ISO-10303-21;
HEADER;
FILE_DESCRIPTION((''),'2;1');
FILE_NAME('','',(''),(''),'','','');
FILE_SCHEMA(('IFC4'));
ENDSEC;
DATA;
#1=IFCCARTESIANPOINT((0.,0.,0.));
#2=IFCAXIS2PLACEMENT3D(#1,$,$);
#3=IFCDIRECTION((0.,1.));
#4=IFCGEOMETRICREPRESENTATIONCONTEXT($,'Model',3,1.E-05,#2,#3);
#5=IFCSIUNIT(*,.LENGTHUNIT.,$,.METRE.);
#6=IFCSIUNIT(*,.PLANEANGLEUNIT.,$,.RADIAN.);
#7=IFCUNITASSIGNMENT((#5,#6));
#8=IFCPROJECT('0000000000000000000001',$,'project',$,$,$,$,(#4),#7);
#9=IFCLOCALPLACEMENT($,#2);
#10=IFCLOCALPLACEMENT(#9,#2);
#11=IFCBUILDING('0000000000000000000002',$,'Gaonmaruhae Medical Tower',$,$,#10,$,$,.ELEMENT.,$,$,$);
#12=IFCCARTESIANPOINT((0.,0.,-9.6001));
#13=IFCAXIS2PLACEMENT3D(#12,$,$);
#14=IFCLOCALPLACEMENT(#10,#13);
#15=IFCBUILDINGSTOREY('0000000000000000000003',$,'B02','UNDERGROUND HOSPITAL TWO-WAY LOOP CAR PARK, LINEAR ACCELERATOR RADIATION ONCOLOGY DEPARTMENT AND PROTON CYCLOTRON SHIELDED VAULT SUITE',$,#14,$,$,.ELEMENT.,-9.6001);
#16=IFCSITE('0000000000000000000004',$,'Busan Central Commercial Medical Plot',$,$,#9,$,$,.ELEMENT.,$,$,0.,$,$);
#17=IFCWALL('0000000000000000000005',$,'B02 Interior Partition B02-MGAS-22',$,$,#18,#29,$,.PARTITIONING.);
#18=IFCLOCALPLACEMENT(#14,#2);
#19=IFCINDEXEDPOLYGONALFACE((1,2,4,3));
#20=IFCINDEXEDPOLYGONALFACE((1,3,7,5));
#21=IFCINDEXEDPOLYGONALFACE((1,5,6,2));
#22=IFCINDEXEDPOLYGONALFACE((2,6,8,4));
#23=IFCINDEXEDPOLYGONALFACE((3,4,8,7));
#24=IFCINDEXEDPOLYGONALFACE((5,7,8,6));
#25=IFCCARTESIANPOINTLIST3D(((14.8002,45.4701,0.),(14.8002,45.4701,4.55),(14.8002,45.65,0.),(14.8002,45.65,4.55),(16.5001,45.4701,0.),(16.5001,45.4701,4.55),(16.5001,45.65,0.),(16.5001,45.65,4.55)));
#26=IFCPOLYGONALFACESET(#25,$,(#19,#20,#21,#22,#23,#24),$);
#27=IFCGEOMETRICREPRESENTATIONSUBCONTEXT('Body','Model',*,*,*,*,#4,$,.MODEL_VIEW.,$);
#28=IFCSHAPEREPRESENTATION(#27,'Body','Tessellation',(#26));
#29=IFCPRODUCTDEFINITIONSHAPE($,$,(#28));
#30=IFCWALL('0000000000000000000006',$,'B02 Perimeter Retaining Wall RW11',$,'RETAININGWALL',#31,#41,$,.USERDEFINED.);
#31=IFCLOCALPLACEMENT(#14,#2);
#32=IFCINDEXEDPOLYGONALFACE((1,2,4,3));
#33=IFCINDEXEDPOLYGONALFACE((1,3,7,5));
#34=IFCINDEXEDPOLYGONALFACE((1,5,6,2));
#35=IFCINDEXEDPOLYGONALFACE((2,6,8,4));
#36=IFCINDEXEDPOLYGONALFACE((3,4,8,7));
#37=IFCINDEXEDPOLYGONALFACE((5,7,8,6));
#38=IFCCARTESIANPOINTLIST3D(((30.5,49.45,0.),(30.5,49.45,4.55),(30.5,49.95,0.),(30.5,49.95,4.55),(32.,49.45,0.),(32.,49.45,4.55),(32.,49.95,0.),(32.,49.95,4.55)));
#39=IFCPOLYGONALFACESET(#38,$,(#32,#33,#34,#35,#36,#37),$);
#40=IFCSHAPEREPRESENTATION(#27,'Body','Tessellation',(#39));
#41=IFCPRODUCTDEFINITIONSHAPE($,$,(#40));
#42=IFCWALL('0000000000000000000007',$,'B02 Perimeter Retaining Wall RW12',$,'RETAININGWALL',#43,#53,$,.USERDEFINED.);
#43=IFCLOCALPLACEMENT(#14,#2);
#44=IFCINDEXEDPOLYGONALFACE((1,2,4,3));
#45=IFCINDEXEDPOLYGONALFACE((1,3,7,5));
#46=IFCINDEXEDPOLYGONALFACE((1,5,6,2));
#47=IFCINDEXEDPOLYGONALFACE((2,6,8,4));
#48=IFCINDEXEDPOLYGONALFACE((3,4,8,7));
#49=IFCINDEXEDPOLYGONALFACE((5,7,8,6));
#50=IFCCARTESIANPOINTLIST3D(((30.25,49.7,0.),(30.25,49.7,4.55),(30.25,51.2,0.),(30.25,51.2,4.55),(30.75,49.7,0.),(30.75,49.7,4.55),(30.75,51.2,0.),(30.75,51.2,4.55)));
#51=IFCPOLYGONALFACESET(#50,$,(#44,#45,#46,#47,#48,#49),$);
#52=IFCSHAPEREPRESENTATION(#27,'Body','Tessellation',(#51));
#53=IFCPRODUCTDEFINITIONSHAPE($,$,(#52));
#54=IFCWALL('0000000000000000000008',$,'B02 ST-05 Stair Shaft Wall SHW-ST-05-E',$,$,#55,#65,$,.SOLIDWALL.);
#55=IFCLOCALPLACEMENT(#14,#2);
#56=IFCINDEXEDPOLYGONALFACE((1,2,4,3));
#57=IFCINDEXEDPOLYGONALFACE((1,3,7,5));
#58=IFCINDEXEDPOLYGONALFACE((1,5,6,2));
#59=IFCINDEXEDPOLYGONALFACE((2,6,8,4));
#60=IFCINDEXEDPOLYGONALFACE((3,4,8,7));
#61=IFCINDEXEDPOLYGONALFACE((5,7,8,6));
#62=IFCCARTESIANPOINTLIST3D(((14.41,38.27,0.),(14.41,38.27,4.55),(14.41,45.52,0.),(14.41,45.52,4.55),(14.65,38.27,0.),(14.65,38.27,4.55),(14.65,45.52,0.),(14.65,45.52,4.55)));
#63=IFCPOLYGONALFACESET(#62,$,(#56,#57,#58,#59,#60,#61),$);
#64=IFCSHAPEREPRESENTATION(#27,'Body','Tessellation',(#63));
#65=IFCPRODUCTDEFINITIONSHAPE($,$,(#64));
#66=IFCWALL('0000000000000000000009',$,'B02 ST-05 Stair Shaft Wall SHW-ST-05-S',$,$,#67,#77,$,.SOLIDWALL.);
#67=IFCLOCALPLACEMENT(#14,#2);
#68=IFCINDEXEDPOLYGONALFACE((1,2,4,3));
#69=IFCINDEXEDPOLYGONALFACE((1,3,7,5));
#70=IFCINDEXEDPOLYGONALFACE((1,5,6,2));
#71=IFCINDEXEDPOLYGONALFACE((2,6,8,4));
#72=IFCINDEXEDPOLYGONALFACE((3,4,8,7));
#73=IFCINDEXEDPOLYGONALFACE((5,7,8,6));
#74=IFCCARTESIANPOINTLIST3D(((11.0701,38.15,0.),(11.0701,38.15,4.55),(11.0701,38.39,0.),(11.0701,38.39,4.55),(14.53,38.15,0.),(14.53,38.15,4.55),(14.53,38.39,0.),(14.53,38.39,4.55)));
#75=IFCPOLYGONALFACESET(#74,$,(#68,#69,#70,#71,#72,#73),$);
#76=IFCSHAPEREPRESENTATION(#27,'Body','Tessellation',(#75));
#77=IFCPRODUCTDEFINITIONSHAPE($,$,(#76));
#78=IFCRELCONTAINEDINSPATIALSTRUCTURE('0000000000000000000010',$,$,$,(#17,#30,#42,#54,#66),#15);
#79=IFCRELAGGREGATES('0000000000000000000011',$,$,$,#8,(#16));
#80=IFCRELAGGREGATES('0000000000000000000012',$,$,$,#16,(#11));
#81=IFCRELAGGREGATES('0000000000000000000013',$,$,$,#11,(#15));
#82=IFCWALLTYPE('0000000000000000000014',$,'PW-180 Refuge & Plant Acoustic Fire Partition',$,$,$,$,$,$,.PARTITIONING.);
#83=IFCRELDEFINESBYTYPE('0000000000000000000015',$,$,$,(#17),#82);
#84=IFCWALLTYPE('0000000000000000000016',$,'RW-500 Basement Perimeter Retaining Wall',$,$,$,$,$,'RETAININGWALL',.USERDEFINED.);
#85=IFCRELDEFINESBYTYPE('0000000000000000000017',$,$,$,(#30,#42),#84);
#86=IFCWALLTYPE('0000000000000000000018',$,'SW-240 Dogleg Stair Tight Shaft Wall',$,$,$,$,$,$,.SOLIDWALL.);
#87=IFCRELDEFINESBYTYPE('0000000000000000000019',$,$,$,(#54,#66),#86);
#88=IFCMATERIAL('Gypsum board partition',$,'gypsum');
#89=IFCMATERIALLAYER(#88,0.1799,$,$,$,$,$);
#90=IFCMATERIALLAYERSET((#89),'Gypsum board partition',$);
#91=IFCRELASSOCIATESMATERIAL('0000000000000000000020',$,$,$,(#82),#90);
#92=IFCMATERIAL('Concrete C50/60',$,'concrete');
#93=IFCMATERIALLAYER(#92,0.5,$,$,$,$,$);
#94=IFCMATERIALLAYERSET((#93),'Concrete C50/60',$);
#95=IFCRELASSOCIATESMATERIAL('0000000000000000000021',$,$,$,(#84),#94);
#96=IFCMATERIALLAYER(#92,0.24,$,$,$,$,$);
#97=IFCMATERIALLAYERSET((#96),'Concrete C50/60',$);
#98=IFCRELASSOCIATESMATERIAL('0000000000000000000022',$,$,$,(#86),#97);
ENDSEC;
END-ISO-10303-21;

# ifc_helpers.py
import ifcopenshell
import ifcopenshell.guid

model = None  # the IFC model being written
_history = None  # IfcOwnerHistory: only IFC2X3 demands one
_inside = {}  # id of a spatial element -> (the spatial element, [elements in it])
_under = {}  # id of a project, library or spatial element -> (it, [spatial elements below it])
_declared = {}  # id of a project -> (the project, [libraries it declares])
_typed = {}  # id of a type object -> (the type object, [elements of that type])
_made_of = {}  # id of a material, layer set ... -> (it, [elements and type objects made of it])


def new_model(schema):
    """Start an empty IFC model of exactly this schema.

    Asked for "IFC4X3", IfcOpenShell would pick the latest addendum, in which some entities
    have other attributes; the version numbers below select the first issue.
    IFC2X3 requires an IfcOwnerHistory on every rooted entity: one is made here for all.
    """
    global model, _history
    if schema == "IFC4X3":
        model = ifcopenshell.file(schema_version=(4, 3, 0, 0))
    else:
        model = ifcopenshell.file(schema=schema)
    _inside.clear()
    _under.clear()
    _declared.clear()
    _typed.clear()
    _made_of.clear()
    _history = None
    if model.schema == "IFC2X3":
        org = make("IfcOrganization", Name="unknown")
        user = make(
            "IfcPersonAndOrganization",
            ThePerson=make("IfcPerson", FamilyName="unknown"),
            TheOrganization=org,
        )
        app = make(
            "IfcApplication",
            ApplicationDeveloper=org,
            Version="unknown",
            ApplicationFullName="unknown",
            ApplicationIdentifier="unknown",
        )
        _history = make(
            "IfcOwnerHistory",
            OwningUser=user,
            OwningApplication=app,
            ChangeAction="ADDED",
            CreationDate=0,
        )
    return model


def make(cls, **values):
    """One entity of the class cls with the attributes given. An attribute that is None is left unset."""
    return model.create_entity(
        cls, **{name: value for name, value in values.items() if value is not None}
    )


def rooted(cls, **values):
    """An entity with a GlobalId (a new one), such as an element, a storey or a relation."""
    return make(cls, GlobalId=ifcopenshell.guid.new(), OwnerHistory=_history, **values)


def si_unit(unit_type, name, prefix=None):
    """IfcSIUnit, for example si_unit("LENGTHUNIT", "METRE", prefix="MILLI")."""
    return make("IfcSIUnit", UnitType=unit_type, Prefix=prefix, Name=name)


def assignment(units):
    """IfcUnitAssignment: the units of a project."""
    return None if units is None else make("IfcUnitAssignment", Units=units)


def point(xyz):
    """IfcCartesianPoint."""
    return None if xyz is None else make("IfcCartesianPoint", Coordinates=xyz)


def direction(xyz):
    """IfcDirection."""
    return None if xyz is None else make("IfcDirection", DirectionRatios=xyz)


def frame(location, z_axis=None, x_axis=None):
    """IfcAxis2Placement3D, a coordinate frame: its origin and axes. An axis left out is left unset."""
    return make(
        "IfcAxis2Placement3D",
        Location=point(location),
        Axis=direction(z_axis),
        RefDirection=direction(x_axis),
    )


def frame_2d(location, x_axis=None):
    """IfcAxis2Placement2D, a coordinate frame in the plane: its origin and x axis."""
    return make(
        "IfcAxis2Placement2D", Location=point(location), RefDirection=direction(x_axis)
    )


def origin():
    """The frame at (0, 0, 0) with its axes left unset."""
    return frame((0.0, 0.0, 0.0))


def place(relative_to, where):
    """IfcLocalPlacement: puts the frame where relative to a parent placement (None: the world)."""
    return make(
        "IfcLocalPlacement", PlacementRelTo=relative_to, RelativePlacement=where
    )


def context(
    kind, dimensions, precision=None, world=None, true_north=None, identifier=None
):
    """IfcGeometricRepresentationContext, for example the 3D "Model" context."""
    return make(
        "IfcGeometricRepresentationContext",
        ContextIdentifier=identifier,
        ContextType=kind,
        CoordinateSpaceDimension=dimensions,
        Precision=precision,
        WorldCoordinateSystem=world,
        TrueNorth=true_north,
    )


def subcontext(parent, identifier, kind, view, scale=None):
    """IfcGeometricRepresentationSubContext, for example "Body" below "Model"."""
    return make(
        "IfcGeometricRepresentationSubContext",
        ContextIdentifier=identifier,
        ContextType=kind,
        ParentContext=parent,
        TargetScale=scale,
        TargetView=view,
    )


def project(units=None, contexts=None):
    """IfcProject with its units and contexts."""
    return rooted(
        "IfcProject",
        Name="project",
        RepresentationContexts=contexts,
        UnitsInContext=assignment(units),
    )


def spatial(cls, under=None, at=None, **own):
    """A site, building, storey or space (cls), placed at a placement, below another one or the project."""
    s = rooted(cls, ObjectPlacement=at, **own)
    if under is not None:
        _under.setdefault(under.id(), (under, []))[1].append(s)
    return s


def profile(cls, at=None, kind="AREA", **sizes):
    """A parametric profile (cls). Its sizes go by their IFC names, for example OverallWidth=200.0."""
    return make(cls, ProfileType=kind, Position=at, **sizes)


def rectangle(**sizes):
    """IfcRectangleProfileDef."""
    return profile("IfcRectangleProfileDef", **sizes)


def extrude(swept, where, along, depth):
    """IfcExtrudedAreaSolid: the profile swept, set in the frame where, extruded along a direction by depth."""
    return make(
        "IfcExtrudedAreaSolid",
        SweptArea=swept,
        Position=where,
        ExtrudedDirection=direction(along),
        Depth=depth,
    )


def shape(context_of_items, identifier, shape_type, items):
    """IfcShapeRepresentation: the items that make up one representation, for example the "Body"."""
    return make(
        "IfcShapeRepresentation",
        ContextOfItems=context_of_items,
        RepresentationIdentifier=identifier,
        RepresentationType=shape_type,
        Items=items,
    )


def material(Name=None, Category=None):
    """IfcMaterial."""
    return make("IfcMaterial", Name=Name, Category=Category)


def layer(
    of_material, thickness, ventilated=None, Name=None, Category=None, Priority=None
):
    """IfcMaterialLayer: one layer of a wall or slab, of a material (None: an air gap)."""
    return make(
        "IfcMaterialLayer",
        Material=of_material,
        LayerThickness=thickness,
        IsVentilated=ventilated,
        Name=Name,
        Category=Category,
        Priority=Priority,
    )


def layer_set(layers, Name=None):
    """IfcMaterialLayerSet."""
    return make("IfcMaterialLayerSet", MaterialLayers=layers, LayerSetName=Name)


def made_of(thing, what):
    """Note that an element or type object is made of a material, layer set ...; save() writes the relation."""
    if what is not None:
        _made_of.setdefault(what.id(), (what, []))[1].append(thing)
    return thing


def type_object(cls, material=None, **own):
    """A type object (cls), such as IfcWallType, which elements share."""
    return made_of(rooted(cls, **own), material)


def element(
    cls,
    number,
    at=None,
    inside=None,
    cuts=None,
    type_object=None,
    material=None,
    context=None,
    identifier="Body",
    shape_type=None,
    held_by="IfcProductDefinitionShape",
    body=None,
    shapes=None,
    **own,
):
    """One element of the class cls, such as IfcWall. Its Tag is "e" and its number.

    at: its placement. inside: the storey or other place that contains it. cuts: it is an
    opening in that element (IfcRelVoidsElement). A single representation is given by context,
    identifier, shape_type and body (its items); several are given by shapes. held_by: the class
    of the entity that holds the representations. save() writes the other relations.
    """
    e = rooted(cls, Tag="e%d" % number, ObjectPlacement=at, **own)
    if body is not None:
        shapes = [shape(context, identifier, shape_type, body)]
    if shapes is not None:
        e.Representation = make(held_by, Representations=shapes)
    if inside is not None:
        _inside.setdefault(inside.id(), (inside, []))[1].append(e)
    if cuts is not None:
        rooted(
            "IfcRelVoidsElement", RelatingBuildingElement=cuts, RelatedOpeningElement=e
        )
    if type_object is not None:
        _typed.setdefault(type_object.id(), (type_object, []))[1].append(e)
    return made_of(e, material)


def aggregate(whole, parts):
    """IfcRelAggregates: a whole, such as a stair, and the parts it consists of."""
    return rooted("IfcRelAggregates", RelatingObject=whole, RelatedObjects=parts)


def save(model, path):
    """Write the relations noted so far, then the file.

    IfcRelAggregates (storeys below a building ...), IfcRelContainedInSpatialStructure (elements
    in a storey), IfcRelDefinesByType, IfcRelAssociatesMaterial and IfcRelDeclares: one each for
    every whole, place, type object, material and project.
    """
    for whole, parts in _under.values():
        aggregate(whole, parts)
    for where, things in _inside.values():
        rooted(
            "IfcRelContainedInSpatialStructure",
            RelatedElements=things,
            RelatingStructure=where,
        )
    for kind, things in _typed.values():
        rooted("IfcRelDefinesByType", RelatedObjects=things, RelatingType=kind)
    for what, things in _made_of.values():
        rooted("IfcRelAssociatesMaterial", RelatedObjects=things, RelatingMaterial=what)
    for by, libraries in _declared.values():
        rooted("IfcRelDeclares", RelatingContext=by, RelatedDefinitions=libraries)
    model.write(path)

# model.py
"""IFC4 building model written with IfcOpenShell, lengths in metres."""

from ifc_helpers import new_model, si_unit, direction, frame, frame_2d, origin, place, context, subcontext, project, spatial, rectangle, extrude, material, layer, layer_set, type_object, element, save


model = new_model("IFC4")

# Units and contexts
model_context = context("Model", 3, precision=1e-05, world=origin(), true_north=direction((0.0, 1.0)))
body_context = subcontext(model_context, "Body", "Model", "MODEL_VIEW")
ifc_project = project(units=[si_unit("LENGTHUNIT", "METRE"), si_unit("PLANEANGLEUNIT", "RADIAN")], contexts=[model_context])

# Site, building, storey
site_placement = place(None, origin())
site = spatial("IfcSite", under=ifc_project, at=site_placement, Name="Busan Central Commercial Medical Plot", CompositionType="ELEMENT", RefElevation=0.0)
building_placement = place(site_placement, origin())
building = spatial("IfcBuilding", under=site, at=building_placement, Name="Gaonmaruhae Medical Tower", CompositionType="ELEMENT")
storey_placement = place(building_placement, frame((0.0, 0.0, -9.6001)))
storey = spatial("IfcBuildingStorey", under=building, at=storey_placement, Name="B02", Description="UNDERGROUND HOSPITAL TWO-WAY LOOP CAR PARK, LINEAR ACCELERATOR RADIATION ONCOLOGY DEPARTMENT AND PROTON CYCLOTRON SHIELDED VAULT SUITE", CompositionType="ELEMENT", Elevation=-9.6001)

# Shared definitions
ifc_material_1 = material(Name="Concrete C50/60", Category="concrete")

# Shared definitions
ifc_material_2 = material(Name="Gypsum board partition", Category="gypsum")
ifc_layer_1 = layer(ifc_material_2, 0.1799)
ifc_layer_set_1 = layer_set([ifc_layer_1], Name="Gypsum board partition")
wall_type_1 = type_object("IfcWallType", Name="PW-180 Refuge & Plant Acoustic Fire Partition", PredefinedType="PARTITIONING", material=ifc_layer_set_1)

# Walls
wall_1_placement = place(storey_placement, frame((14.8, 45.5601, 0.0), z_axis=(0.0, 0.0, 1.0), x_axis=(1.0, 0.0, 0.0)))
element("IfcWall", 1, at=wall_1_placement, inside=storey, type_object=wall_type_1, Name="B02 Interior Partition B02-MGAS-22", PredefinedType="PARTITIONING", context=body_context, shape_type="SweptSolid", body=[
    extrude(rectangle(XDim=1.7, YDim=0.1799, at=frame_2d((0.8501, 0.0))), origin(), (0.0, 0.0, 1.0), 4.55),
])
ifc_layer_2 = layer(ifc_material_1, 0.5)
ifc_layer_set_2 = layer_set([ifc_layer_2], Name="Concrete C50/60")
wall_type_2 = type_object("IfcWallType", Name="RW-500 Basement Perimeter Retaining Wall", ElementType="RETAININGWALL", PredefinedType="USERDEFINED", material=ifc_layer_set_2)
for number, where, z_axis, x_axis, name in (
    (2, (30.5, 49.7, 0.0), (0.0, 0.0, 1.0), (1.0, 0.0, 0.0), "B02 Perimeter Retaining Wall RW11"),
    (3, (30.5, 49.7, 0.0), (0.0, 0.0, 1.0), (0.0, 1.0, 0.0), "B02 Perimeter Retaining Wall RW12"),
):
    element("IfcWall", number, at=place(storey_placement, frame(where, z_axis=z_axis, x_axis=x_axis)), inside=storey, type_object=wall_type_2, Name=name, ObjectType="RETAININGWALL", PredefinedType="USERDEFINED", context=body_context, shape_type="SweptSolid", body=[
        extrude(rectangle(XDim=1.5, YDim=0.5, at=frame_2d((0.75, 0.0))), origin(), (0.0, 0.0, 1.0), 4.55),
    ])
ifc_layer_3 = layer(ifc_material_1, 0.24)
ifc_layer_set_3 = layer_set([ifc_layer_3], Name="Concrete C50/60")
wall_type_3 = type_object("IfcWallType", Name="SW-240 Dogleg Stair Tight Shaft Wall", PredefinedType="SOLIDWALL", material=ifc_layer_set_3)
wall_2_placement = place(storey_placement, frame((14.53, 45.52, 0.0), z_axis=(0.0, 0.0, 1.0), x_axis=(0.0, -1.0, 0.0)))
element("IfcWall", 4, at=wall_2_placement, inside=storey, type_object=wall_type_3, Name="B02 ST-05 Stair Shaft Wall SHW-ST-05-E", PredefinedType="SOLIDWALL", context=body_context, shape_type="SweptSolid", body=[
    extrude(rectangle(XDim=7.25, YDim=0.24, at=frame_2d((3.625, 0.0))), origin(), (0.0, 0.0, 1.0), 4.55),
])
wall_3_placement = place(storey_placement, frame((14.53, 38.27, 0.0), z_axis=(0.0, 0.0, 1.0), x_axis=(-1.0, 0.0, 0.0)))
element("IfcWall", 5, at=wall_3_placement, inside=storey, type_object=wall_type_3, Name="B02 ST-05 Stair Shaft Wall SHW-ST-05-S", PredefinedType="SOLIDWALL", context=body_context, shape_type="SweptSolid", body=[
    extrude(rectangle(XDim=3.46, YDim=0.24, at=frame_2d((1.73, 0.0))), origin(), (0.0, 0.0, 1.0), 4.55),
])

save(model, "model.ifc")
